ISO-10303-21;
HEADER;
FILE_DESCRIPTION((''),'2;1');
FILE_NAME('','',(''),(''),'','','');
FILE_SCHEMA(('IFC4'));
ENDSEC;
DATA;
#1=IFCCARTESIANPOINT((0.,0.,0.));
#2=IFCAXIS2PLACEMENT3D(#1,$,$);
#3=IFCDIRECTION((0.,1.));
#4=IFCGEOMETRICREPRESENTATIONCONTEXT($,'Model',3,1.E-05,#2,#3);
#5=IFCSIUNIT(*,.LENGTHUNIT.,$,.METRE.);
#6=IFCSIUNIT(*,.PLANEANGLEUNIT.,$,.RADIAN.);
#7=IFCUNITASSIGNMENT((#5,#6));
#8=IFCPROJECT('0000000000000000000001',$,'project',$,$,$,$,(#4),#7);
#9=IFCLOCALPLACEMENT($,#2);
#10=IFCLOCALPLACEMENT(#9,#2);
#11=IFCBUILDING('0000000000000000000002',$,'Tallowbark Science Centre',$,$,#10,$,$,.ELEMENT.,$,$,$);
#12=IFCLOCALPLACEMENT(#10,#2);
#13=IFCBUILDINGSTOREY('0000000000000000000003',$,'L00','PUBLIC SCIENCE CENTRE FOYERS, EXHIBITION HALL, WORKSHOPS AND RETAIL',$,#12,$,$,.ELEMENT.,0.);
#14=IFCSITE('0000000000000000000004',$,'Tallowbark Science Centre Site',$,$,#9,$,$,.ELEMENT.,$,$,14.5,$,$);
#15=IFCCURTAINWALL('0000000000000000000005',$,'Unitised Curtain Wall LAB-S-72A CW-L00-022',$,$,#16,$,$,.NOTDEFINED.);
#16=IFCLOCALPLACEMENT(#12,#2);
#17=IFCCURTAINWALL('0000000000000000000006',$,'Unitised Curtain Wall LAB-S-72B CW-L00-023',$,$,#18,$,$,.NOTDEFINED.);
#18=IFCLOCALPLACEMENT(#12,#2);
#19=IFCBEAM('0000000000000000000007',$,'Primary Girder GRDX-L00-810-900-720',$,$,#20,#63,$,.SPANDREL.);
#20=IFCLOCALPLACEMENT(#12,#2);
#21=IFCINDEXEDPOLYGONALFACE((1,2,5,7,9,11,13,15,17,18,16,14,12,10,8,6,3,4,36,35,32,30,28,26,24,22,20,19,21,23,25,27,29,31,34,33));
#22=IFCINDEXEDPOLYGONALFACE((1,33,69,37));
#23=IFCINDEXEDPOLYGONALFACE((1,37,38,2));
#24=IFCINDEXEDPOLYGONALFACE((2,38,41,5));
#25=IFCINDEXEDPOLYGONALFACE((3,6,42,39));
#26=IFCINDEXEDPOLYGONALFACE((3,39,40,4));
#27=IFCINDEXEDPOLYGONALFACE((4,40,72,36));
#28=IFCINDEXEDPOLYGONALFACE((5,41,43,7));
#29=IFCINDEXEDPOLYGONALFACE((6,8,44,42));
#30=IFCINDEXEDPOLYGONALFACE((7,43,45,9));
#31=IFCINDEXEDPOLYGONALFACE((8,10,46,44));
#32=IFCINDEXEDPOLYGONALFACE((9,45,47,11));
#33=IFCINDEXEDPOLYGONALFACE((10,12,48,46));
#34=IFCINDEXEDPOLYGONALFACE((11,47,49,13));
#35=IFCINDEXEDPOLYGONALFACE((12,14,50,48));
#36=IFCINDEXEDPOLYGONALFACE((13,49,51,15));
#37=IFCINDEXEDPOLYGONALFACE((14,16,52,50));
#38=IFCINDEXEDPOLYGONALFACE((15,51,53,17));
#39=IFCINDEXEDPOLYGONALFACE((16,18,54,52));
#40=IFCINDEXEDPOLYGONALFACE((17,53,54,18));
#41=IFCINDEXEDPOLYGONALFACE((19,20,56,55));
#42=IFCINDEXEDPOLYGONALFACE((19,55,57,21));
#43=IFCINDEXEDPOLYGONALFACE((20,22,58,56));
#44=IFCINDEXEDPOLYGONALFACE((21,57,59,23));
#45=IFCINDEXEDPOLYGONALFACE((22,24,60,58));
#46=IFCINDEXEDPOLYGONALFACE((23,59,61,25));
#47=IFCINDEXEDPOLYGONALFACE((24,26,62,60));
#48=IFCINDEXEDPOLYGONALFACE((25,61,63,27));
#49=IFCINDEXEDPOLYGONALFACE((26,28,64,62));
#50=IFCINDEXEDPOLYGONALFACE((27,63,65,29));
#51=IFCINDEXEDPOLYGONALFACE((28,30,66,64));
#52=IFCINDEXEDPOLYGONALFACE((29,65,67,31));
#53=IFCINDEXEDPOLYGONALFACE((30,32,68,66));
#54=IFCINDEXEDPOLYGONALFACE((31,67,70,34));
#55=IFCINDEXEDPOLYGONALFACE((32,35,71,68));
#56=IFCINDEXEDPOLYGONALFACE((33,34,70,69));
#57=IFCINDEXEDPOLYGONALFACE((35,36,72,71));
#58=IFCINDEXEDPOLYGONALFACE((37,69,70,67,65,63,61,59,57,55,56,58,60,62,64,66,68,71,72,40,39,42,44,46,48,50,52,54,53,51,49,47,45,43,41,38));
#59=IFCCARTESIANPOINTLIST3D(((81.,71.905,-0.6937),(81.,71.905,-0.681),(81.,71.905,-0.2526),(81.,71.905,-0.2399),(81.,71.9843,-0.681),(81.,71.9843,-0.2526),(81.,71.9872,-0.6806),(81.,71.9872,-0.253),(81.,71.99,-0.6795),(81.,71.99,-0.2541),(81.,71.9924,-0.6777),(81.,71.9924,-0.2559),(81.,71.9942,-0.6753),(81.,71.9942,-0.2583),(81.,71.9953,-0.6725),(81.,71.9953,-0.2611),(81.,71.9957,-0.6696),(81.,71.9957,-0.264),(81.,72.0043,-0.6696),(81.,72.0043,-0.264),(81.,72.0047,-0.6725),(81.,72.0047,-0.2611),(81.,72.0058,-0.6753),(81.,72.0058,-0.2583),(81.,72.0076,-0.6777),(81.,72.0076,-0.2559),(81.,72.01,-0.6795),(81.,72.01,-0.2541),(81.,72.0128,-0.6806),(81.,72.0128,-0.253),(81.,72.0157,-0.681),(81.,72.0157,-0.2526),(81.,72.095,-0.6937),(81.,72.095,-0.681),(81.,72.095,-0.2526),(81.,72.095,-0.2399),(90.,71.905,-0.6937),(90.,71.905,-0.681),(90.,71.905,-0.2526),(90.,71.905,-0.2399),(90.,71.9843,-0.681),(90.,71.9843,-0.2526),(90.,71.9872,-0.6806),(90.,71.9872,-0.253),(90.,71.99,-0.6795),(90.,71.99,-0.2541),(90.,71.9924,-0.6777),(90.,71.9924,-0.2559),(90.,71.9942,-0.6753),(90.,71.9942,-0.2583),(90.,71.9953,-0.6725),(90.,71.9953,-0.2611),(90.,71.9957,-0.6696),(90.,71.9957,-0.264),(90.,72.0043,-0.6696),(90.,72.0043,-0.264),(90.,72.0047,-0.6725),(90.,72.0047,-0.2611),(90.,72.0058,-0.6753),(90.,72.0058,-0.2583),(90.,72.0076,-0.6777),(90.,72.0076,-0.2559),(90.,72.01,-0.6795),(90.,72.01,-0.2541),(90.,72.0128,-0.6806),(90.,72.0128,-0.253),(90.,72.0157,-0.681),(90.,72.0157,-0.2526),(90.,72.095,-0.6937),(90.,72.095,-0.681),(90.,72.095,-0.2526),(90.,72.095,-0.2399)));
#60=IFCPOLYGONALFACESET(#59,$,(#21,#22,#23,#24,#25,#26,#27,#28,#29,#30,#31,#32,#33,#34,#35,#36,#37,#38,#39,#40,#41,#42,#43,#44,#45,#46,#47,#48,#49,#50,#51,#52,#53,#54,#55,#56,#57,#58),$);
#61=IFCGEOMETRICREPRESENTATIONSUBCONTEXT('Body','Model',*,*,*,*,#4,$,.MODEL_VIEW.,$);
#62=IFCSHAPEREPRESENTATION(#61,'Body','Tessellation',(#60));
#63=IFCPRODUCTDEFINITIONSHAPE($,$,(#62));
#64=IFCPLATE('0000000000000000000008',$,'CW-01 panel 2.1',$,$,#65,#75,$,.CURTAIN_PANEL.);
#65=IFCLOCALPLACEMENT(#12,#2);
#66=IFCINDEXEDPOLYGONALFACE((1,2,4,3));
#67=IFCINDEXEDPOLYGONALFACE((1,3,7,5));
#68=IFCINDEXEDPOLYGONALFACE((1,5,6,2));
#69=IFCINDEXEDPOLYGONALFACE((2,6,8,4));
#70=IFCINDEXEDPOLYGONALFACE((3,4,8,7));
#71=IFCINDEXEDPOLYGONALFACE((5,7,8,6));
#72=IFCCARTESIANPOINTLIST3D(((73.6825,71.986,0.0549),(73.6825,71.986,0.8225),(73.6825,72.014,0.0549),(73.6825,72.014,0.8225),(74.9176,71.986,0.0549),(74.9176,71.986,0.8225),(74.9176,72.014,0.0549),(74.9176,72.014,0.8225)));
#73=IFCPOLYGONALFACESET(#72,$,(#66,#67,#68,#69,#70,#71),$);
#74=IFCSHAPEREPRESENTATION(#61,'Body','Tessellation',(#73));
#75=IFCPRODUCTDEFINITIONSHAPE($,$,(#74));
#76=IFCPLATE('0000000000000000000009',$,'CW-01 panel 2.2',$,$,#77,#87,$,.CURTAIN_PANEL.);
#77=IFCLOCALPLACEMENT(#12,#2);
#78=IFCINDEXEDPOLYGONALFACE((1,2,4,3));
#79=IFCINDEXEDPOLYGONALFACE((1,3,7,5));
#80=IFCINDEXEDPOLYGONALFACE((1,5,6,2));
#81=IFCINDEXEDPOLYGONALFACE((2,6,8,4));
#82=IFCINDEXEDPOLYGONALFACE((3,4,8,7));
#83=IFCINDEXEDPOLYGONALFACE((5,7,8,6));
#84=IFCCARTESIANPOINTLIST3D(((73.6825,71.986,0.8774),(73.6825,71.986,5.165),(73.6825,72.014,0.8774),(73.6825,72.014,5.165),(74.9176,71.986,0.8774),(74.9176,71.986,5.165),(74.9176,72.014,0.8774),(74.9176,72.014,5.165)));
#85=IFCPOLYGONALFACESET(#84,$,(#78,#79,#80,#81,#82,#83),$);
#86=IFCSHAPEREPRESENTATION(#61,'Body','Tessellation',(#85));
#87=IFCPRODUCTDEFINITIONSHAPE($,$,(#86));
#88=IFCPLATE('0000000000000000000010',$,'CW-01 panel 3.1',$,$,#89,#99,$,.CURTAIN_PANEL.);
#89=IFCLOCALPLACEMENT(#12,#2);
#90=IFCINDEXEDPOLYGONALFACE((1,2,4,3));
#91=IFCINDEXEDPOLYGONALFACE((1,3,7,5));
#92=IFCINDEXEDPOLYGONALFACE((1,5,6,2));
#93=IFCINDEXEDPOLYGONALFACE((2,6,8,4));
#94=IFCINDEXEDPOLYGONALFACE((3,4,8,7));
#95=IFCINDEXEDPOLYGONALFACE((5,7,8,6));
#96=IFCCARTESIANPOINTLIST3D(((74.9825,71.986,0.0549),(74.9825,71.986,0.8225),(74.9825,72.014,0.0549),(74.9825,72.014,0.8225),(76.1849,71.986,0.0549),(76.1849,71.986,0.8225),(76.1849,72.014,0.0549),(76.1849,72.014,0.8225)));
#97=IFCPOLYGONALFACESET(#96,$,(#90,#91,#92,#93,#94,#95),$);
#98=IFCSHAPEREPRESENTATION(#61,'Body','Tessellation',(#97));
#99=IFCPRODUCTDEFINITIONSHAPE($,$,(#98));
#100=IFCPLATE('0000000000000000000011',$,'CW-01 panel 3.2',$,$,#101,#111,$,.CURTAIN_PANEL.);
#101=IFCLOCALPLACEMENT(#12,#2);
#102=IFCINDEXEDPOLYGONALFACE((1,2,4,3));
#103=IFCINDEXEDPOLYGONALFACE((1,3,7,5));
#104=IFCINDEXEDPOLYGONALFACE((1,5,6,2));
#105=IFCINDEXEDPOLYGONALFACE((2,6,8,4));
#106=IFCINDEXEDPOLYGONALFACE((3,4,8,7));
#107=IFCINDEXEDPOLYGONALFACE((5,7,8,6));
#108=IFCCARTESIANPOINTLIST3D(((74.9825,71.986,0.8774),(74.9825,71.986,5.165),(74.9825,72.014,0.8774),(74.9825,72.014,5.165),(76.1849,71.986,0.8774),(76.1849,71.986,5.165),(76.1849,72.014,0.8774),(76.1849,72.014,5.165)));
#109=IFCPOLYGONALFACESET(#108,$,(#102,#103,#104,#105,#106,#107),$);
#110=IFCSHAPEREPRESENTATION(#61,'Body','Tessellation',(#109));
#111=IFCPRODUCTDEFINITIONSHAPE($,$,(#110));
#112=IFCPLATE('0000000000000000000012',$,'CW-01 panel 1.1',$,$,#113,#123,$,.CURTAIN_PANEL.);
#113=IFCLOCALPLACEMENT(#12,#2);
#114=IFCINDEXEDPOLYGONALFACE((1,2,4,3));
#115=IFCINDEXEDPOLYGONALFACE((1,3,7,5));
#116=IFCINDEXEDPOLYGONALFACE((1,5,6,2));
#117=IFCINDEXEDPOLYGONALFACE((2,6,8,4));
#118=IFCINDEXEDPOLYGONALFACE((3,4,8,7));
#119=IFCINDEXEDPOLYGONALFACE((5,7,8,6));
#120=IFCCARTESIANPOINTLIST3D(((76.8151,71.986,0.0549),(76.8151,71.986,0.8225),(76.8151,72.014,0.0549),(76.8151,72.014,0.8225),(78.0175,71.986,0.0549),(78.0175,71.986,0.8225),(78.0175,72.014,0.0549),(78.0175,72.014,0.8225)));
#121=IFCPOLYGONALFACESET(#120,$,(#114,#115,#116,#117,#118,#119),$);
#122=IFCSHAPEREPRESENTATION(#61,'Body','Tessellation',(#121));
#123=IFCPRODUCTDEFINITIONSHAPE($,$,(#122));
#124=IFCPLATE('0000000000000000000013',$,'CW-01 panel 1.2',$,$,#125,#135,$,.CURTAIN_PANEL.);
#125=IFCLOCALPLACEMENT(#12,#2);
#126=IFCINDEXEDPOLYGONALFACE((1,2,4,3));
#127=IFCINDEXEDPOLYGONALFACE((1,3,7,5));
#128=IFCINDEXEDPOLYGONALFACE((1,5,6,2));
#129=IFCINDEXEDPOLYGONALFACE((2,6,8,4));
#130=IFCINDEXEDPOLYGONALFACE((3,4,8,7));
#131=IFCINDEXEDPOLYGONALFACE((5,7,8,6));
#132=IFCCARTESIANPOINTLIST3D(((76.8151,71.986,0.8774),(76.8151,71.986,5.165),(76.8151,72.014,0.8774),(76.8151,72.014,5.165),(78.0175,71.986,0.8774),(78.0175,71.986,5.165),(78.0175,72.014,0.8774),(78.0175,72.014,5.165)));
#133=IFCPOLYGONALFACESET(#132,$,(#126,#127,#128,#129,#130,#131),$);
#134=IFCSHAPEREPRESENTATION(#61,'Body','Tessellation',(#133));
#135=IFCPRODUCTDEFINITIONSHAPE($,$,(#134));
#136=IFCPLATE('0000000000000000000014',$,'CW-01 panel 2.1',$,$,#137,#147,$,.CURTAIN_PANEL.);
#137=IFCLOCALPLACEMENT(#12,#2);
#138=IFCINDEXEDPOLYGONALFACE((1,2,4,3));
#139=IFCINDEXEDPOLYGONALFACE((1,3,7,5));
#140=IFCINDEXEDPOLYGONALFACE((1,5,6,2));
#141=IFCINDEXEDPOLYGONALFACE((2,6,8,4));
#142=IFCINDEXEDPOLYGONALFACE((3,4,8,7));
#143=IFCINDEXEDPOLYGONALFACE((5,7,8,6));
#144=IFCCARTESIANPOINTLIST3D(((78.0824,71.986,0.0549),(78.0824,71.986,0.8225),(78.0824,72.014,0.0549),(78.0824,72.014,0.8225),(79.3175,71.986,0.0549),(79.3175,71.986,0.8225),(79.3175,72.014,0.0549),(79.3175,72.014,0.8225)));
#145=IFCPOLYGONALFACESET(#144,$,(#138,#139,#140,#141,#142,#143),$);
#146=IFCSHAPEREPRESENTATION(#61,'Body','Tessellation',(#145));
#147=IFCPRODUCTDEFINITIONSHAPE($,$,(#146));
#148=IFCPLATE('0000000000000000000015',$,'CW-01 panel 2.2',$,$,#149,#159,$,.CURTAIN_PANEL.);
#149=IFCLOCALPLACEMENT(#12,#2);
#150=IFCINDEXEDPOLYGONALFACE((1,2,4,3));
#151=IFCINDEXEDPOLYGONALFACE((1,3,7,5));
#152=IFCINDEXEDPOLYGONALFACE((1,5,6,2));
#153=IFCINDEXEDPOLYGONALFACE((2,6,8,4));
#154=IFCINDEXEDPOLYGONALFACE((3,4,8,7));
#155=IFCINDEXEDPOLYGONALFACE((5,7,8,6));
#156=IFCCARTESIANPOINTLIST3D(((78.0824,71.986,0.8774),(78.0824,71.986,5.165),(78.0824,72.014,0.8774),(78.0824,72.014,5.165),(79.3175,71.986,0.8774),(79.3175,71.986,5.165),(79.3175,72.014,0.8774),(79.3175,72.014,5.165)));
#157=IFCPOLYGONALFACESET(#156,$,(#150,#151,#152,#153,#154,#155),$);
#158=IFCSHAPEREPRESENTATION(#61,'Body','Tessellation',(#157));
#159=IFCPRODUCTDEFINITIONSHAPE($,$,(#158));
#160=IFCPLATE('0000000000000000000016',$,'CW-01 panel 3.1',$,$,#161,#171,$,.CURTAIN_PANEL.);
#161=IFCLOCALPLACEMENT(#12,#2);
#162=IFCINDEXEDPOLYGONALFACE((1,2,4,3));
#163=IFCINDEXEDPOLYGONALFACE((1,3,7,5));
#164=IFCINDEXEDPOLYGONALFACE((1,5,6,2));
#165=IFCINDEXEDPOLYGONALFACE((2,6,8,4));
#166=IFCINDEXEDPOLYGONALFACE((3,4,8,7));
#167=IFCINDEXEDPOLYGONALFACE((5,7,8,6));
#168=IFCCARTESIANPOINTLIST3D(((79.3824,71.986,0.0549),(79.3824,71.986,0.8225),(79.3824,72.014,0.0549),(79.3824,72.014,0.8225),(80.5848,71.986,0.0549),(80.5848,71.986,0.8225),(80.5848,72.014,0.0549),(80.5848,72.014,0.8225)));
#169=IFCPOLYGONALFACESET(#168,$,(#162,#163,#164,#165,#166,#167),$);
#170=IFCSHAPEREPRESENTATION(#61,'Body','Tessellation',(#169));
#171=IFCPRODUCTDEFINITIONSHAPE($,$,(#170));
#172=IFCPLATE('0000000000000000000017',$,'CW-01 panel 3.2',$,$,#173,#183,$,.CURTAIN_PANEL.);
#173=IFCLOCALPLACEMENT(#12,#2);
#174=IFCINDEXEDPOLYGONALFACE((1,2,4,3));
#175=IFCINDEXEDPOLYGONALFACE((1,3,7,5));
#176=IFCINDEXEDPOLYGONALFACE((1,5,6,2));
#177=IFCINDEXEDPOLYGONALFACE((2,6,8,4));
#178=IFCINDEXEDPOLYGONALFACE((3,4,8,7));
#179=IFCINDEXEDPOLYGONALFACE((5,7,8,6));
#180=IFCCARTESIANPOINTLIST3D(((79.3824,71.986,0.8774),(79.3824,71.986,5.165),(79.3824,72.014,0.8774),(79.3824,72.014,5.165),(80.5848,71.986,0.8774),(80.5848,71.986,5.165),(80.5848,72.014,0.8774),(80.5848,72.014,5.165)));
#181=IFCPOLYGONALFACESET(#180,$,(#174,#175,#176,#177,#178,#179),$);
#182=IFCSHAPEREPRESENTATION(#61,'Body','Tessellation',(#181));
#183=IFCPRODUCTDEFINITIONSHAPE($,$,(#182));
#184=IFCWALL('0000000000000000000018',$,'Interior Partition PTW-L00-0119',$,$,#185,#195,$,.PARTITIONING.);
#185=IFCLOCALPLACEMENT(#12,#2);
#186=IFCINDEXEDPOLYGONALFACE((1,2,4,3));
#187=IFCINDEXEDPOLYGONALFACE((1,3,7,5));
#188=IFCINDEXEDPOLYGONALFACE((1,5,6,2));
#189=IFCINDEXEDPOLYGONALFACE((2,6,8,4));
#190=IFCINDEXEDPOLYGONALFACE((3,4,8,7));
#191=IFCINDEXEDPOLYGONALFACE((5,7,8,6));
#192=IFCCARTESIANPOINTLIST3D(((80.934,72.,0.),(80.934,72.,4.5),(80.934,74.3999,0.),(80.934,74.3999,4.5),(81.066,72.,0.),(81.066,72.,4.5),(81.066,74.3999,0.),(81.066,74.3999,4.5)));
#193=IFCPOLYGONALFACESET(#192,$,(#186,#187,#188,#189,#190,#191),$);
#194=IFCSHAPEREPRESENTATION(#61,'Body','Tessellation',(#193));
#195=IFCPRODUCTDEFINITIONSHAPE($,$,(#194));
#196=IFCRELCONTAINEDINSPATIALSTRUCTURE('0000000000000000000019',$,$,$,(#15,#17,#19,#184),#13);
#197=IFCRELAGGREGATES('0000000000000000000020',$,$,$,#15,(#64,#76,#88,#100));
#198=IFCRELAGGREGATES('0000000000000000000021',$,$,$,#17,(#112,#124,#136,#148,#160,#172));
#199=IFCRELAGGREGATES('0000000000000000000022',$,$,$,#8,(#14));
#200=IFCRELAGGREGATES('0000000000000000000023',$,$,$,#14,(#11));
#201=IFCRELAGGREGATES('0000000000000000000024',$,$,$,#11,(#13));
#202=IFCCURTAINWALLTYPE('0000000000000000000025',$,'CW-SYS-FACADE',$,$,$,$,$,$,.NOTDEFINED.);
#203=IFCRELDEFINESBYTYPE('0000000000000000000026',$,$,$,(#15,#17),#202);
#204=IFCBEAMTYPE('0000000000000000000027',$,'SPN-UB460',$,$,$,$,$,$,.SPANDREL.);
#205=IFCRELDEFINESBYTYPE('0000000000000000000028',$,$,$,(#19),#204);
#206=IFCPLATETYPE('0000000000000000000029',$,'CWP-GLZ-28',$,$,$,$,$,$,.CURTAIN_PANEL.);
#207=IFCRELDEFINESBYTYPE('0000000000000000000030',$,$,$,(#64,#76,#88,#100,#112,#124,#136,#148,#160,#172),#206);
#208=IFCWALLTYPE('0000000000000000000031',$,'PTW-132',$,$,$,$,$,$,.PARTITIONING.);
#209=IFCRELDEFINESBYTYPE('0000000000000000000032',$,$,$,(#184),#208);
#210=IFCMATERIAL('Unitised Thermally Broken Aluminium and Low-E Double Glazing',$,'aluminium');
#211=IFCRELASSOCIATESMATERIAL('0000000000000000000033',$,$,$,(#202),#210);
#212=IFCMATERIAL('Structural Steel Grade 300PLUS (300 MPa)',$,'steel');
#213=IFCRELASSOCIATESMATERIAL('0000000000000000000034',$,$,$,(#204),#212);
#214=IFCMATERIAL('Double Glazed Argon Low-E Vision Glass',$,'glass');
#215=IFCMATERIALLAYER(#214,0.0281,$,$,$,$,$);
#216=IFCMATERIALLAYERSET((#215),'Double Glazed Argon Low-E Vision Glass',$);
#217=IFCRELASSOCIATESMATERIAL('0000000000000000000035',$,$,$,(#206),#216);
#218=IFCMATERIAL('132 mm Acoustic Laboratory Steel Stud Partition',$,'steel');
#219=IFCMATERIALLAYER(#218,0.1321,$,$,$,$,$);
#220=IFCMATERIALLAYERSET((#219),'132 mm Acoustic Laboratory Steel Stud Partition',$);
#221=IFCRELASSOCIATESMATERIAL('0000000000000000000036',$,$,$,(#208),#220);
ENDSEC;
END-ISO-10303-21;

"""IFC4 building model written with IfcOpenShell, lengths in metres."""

from ifc_helpers import new_model, si_unit, direction, frame, frame_2d, origin, origin_2d, place, context, subcontext, project, spatial, rectangle, i_section, extrude, material, layer, layer_set, material_profile, profile_set, type_object, element, aggregate, save


model = new_model("IFC4")

# Units and contexts
model_context = context("Model", 3, precision=1e-05, world=origin(), true_north=direction((0.0, 1.0)))
body_context = subcontext(model_context, "Body", "Model", "MODEL_VIEW")
ifc_project = project(units=[si_unit("LENGTHUNIT", "METRE"), si_unit("PLANEANGLEUNIT", "RADIAN")], contexts=[model_context])

# Site, building, storey
site_placement = place(None, origin())
site = spatial("IfcSite", under=ifc_project, at=site_placement, Name="Tallowbark Science Centre Site", CompositionType="ELEMENT", RefElevation=14.5)
building_placement = place(site_placement, origin())
building = spatial("IfcBuilding", under=site, at=building_placement, Name="Tallowbark Science Centre", CompositionType="ELEMENT")
storey_placement = place(building_placement, origin())
storey = spatial("IfcBuildingStorey", under=building, at=storey_placement, Name="L00", Description="PUBLIC SCIENCE CENTRE FOYERS, EXHIBITION HALL, WORKSHOPS AND RETAIL", CompositionType="ELEMENT", Elevation=0.0)

# Shared definitions
ifc_material_1 = material(Name="Structural Steel Grade 300PLUS (300 MPa)", Category="steel")

# Curtain walls
ifc_material_2 = material(Name="Unitised Thermally Broken Aluminium and Low-E Double Glazing", Category="aluminium")
curtain_wall_type = type_object("IfcCurtainWallType", Name="CW-SYS-FACADE", PredefinedType="NOTDEFINED", material=ifc_material_2)
curtain_wall_1_placement = place(storey_placement, origin())
curtain_wall_1 = element("IfcCurtainWall", 1, at=curtain_wall_1_placement, inside=storey, type_object=curtain_wall_type, Name="Unitised Curtain Wall LAB-S-72A CW-L00-022", PredefinedType="NOTDEFINED")
curtain_wall_2_placement = place(storey_placement, origin())
curtain_wall_2 = element("IfcCurtainWall", 2, at=curtain_wall_2_placement, inside=storey, type_object=curtain_wall_type, Name="Unitised Curtain Wall LAB-S-72B CW-L00-023", PredefinedType="NOTDEFINED")

# Beam
ifc_material_profile_1 = material_profile(ifc_material_1, i_section(OverallWidth=0.1899, OverallDepth=0.4539, WebThickness=0.0085, FlangeThickness=0.0127, FilletRadius=0.0115, at=origin_2d()), Name="460UB67.1")
ifc_profile_set_1 = profile_set([ifc_material_profile_1], Name="Structural Steel Grade 300PLUS (300 MPa)")
beam_type_1 = type_object("IfcBeamType", Name="SPN-UB460", PredefinedType="SPANDREL", material=ifc_profile_set_1)
beam_1_placement = place(storey_placement, frame((81.0, 72.0, -0.4668), z_axis=(1.0, 0.0, 0.0), x_axis=(0.0, 1.0, 0.0)))
element("IfcBeam", 3, at=beam_1_placement, inside=storey, type_object=beam_type_1, Name="Primary Girder GRDX-L00-810-900-720", PredefinedType="SPANDREL", context=body_context, shape_type="SweptSolid", body=[
    extrude(i_section(OverallWidth=0.1899, OverallDepth=0.4539, WebThickness=0.0085, FlangeThickness=0.0127, FilletRadius=0.0115, at=origin_2d()), origin(), (0.0, 0.0, 1.0), 9.0),
])

# Plates
ifc_material_3 = material(Name="Double Glazed Argon Low-E Vision Glass", Category="glass")
ifc_layer_1 = layer(ifc_material_3, 0.0281)
ifc_layer_set_1 = layer_set([ifc_layer_1], Name="Double Glazed Argon Low-E Vision Glass")
plate_type = type_object("IfcPlateType", Name="CWP-GLZ-28", PredefinedType="CURTAIN_PANEL", material=ifc_layer_set_1)
plate_1_placement = place(storey_placement, frame((74.3, 72.0, 0.0549), z_axis=(0.0, 0.0, 1.0), x_axis=(1.0, 0.0, 0.0)))
plate_1 = element("IfcPlate", 4, at=plate_1_placement, type_object=plate_type, Name="CW-01 panel 2.1", PredefinedType="CURTAIN_PANEL", context=body_context, shape_type="SweptSolid", body=[
    extrude(rectangle(XDim=1.2351, YDim=0.0281, at=origin_2d()), origin(), (0.0, 0.0, 1.0), 0.7676),
])
plate_2_placement = place(storey_placement, frame((74.3, 72.0, 0.8774), z_axis=(0.0, 0.0, 1.0), x_axis=(1.0, 0.0, 0.0)))
plate_2 = element("IfcPlate", 5, at=plate_2_placement, type_object=plate_type, Name="CW-01 panel 2.2", PredefinedType="CURTAIN_PANEL", context=body_context, shape_type="SweptSolid", body=[
    extrude(rectangle(XDim=1.2351, YDim=0.0281, at=origin_2d()), origin(), (0.0, 0.0, 1.0), 4.2876),
])
plate_3_placement = place(storey_placement, frame((75.5837, 72.0, 0.0549), z_axis=(0.0, 0.0, 1.0), x_axis=(1.0, 0.0, 0.0)))
plate_3 = element("IfcPlate", 6, at=plate_3_placement, type_object=plate_type, Name="CW-01 panel 3.1", PredefinedType="CURTAIN_PANEL", context=body_context, shape_type="SweptSolid", body=[
    extrude(rectangle(XDim=1.2024, YDim=0.0281, at=origin_2d()), origin(), (0.0, 0.0, 1.0), 0.7676),
])
plate_4_placement = place(storey_placement, frame((75.5837, 72.0, 0.8774), z_axis=(0.0, 0.0, 1.0), x_axis=(1.0, 0.0, 0.0)))
plate_4 = element("IfcPlate", 7, at=plate_4_placement, type_object=plate_type, Name="CW-01 panel 3.2", PredefinedType="CURTAIN_PANEL", context=body_context, shape_type="SweptSolid", body=[
    extrude(rectangle(XDim=1.2024, YDim=0.0281, at=origin_2d()), origin(), (0.0, 0.0, 1.0), 4.2876),
])
aggregate(curtain_wall_1, [plate_1, plate_2, plate_3, plate_4])
plate_5_placement = place(storey_placement, frame((77.4163, 72.0, 0.0549), z_axis=(0.0, 0.0, 1.0), x_axis=(1.0, 0.0, 0.0)))
plate_5 = element("IfcPlate", 8, at=plate_5_placement, type_object=plate_type, Name="CW-01 panel 1.1", PredefinedType="CURTAIN_PANEL", context=body_context, shape_type="SweptSolid", body=[
    extrude(rectangle(XDim=1.2024, YDim=0.0281, at=origin_2d()), origin(), (0.0, 0.0, 1.0), 0.7676),
])
plate_6_placement = place(storey_placement, frame((77.4163, 72.0, 0.8774), z_axis=(0.0, 0.0, 1.0), x_axis=(1.0, 0.0, 0.0)))
plate_6 = element("IfcPlate", 9, at=plate_6_placement, type_object=plate_type, Name="CW-01 panel 1.2", PredefinedType="CURTAIN_PANEL", context=body_context, shape_type="SweptSolid", body=[
    extrude(rectangle(XDim=1.2024, YDim=0.0281, at=origin_2d()), origin(), (0.0, 0.0, 1.0), 4.2876),
])
plate_7_placement = place(storey_placement, frame((78.7, 72.0, 0.0549), z_axis=(0.0, 0.0, 1.0), x_axis=(1.0, 0.0, 0.0)))
plate_7 = element("IfcPlate", 10, at=plate_7_placement, type_object=plate_type, Name="CW-01 panel 2.1", PredefinedType="CURTAIN_PANEL", context=body_context, shape_type="SweptSolid", body=[
    extrude(rectangle(XDim=1.2351, YDim=0.0281, at=origin_2d()), origin(), (0.0, 0.0, 1.0), 0.7676),
])
plate_8_placement = place(storey_placement, frame((78.7, 72.0, 0.8774), z_axis=(0.0, 0.0, 1.0), x_axis=(1.0, 0.0, 0.0)))
plate_8 = element("IfcPlate", 11, at=plate_8_placement, type_object=plate_type, Name="CW-01 panel 2.2", PredefinedType="CURTAIN_PANEL", context=body_context, shape_type="SweptSolid", body=[
    extrude(rectangle(XDim=1.2351, YDim=0.0281, at=origin_2d()), origin(), (0.0, 0.0, 1.0), 4.2876),
])
plate_9_placement = place(storey_placement, frame((79.9836, 72.0, 0.0549), z_axis=(0.0, 0.0, 1.0), x_axis=(1.0, 0.0, 0.0)))
plate_9 = element("IfcPlate", 12, at=plate_9_placement, type_object=plate_type, Name="CW-01 panel 3.1", PredefinedType="CURTAIN_PANEL", context=body_context, shape_type="SweptSolid", body=[
    extrude(rectangle(XDim=1.2024, YDim=0.0281, at=origin_2d()), origin(), (0.0, 0.0, 1.0), 0.7676),
])
plate_10_placement = place(storey_placement, frame((79.9836, 72.0, 0.8774), z_axis=(0.0, 0.0, 1.0), x_axis=(1.0, 0.0, 0.0)))
plate_10 = element("IfcPlate", 13, at=plate_10_placement, type_object=plate_type, Name="CW-01 panel 3.2", PredefinedType="CURTAIN_PANEL", context=body_context, shape_type="SweptSolid", body=[
    extrude(rectangle(XDim=1.2024, YDim=0.0281, at=origin_2d()), origin(), (0.0, 0.0, 1.0), 4.2876),
])
aggregate(curtain_wall_2, [plate_5, plate_6, plate_7, plate_8, plate_9, plate_10])

# Wall
ifc_material_4 = material(Name="132 mm Acoustic Laboratory Steel Stud Partition", Category="steel")
ifc_layer_2 = layer(ifc_material_4, 0.1321)
ifc_layer_set_2 = layer_set([ifc_layer_2], Name="132 mm Acoustic Laboratory Steel Stud Partition")
wall_type = type_object("IfcWallType", Name="PTW-132", PredefinedType="PARTITIONING", material=ifc_layer_set_2)
wall_placement = place(storey_placement, frame((81.0, 72.0, 0.0), z_axis=(0.0, 0.0, 1.0), x_axis=(0.0, 1.0, 0.0)))
element("IfcWall", 14, at=wall_placement, inside=storey, type_object=wall_type, Name="Interior Partition PTW-L00-0119", PredefinedType="PARTITIONING", context=body_context, shape_type="SweptSolid", body=[
    extrude(rectangle(XDim=2.3999, YDim=0.1321, at=frame_2d((1.2, 0.0))), origin(), (0.0, 0.0, 1.0), 4.5),
])

save(model, "model.ifc")
